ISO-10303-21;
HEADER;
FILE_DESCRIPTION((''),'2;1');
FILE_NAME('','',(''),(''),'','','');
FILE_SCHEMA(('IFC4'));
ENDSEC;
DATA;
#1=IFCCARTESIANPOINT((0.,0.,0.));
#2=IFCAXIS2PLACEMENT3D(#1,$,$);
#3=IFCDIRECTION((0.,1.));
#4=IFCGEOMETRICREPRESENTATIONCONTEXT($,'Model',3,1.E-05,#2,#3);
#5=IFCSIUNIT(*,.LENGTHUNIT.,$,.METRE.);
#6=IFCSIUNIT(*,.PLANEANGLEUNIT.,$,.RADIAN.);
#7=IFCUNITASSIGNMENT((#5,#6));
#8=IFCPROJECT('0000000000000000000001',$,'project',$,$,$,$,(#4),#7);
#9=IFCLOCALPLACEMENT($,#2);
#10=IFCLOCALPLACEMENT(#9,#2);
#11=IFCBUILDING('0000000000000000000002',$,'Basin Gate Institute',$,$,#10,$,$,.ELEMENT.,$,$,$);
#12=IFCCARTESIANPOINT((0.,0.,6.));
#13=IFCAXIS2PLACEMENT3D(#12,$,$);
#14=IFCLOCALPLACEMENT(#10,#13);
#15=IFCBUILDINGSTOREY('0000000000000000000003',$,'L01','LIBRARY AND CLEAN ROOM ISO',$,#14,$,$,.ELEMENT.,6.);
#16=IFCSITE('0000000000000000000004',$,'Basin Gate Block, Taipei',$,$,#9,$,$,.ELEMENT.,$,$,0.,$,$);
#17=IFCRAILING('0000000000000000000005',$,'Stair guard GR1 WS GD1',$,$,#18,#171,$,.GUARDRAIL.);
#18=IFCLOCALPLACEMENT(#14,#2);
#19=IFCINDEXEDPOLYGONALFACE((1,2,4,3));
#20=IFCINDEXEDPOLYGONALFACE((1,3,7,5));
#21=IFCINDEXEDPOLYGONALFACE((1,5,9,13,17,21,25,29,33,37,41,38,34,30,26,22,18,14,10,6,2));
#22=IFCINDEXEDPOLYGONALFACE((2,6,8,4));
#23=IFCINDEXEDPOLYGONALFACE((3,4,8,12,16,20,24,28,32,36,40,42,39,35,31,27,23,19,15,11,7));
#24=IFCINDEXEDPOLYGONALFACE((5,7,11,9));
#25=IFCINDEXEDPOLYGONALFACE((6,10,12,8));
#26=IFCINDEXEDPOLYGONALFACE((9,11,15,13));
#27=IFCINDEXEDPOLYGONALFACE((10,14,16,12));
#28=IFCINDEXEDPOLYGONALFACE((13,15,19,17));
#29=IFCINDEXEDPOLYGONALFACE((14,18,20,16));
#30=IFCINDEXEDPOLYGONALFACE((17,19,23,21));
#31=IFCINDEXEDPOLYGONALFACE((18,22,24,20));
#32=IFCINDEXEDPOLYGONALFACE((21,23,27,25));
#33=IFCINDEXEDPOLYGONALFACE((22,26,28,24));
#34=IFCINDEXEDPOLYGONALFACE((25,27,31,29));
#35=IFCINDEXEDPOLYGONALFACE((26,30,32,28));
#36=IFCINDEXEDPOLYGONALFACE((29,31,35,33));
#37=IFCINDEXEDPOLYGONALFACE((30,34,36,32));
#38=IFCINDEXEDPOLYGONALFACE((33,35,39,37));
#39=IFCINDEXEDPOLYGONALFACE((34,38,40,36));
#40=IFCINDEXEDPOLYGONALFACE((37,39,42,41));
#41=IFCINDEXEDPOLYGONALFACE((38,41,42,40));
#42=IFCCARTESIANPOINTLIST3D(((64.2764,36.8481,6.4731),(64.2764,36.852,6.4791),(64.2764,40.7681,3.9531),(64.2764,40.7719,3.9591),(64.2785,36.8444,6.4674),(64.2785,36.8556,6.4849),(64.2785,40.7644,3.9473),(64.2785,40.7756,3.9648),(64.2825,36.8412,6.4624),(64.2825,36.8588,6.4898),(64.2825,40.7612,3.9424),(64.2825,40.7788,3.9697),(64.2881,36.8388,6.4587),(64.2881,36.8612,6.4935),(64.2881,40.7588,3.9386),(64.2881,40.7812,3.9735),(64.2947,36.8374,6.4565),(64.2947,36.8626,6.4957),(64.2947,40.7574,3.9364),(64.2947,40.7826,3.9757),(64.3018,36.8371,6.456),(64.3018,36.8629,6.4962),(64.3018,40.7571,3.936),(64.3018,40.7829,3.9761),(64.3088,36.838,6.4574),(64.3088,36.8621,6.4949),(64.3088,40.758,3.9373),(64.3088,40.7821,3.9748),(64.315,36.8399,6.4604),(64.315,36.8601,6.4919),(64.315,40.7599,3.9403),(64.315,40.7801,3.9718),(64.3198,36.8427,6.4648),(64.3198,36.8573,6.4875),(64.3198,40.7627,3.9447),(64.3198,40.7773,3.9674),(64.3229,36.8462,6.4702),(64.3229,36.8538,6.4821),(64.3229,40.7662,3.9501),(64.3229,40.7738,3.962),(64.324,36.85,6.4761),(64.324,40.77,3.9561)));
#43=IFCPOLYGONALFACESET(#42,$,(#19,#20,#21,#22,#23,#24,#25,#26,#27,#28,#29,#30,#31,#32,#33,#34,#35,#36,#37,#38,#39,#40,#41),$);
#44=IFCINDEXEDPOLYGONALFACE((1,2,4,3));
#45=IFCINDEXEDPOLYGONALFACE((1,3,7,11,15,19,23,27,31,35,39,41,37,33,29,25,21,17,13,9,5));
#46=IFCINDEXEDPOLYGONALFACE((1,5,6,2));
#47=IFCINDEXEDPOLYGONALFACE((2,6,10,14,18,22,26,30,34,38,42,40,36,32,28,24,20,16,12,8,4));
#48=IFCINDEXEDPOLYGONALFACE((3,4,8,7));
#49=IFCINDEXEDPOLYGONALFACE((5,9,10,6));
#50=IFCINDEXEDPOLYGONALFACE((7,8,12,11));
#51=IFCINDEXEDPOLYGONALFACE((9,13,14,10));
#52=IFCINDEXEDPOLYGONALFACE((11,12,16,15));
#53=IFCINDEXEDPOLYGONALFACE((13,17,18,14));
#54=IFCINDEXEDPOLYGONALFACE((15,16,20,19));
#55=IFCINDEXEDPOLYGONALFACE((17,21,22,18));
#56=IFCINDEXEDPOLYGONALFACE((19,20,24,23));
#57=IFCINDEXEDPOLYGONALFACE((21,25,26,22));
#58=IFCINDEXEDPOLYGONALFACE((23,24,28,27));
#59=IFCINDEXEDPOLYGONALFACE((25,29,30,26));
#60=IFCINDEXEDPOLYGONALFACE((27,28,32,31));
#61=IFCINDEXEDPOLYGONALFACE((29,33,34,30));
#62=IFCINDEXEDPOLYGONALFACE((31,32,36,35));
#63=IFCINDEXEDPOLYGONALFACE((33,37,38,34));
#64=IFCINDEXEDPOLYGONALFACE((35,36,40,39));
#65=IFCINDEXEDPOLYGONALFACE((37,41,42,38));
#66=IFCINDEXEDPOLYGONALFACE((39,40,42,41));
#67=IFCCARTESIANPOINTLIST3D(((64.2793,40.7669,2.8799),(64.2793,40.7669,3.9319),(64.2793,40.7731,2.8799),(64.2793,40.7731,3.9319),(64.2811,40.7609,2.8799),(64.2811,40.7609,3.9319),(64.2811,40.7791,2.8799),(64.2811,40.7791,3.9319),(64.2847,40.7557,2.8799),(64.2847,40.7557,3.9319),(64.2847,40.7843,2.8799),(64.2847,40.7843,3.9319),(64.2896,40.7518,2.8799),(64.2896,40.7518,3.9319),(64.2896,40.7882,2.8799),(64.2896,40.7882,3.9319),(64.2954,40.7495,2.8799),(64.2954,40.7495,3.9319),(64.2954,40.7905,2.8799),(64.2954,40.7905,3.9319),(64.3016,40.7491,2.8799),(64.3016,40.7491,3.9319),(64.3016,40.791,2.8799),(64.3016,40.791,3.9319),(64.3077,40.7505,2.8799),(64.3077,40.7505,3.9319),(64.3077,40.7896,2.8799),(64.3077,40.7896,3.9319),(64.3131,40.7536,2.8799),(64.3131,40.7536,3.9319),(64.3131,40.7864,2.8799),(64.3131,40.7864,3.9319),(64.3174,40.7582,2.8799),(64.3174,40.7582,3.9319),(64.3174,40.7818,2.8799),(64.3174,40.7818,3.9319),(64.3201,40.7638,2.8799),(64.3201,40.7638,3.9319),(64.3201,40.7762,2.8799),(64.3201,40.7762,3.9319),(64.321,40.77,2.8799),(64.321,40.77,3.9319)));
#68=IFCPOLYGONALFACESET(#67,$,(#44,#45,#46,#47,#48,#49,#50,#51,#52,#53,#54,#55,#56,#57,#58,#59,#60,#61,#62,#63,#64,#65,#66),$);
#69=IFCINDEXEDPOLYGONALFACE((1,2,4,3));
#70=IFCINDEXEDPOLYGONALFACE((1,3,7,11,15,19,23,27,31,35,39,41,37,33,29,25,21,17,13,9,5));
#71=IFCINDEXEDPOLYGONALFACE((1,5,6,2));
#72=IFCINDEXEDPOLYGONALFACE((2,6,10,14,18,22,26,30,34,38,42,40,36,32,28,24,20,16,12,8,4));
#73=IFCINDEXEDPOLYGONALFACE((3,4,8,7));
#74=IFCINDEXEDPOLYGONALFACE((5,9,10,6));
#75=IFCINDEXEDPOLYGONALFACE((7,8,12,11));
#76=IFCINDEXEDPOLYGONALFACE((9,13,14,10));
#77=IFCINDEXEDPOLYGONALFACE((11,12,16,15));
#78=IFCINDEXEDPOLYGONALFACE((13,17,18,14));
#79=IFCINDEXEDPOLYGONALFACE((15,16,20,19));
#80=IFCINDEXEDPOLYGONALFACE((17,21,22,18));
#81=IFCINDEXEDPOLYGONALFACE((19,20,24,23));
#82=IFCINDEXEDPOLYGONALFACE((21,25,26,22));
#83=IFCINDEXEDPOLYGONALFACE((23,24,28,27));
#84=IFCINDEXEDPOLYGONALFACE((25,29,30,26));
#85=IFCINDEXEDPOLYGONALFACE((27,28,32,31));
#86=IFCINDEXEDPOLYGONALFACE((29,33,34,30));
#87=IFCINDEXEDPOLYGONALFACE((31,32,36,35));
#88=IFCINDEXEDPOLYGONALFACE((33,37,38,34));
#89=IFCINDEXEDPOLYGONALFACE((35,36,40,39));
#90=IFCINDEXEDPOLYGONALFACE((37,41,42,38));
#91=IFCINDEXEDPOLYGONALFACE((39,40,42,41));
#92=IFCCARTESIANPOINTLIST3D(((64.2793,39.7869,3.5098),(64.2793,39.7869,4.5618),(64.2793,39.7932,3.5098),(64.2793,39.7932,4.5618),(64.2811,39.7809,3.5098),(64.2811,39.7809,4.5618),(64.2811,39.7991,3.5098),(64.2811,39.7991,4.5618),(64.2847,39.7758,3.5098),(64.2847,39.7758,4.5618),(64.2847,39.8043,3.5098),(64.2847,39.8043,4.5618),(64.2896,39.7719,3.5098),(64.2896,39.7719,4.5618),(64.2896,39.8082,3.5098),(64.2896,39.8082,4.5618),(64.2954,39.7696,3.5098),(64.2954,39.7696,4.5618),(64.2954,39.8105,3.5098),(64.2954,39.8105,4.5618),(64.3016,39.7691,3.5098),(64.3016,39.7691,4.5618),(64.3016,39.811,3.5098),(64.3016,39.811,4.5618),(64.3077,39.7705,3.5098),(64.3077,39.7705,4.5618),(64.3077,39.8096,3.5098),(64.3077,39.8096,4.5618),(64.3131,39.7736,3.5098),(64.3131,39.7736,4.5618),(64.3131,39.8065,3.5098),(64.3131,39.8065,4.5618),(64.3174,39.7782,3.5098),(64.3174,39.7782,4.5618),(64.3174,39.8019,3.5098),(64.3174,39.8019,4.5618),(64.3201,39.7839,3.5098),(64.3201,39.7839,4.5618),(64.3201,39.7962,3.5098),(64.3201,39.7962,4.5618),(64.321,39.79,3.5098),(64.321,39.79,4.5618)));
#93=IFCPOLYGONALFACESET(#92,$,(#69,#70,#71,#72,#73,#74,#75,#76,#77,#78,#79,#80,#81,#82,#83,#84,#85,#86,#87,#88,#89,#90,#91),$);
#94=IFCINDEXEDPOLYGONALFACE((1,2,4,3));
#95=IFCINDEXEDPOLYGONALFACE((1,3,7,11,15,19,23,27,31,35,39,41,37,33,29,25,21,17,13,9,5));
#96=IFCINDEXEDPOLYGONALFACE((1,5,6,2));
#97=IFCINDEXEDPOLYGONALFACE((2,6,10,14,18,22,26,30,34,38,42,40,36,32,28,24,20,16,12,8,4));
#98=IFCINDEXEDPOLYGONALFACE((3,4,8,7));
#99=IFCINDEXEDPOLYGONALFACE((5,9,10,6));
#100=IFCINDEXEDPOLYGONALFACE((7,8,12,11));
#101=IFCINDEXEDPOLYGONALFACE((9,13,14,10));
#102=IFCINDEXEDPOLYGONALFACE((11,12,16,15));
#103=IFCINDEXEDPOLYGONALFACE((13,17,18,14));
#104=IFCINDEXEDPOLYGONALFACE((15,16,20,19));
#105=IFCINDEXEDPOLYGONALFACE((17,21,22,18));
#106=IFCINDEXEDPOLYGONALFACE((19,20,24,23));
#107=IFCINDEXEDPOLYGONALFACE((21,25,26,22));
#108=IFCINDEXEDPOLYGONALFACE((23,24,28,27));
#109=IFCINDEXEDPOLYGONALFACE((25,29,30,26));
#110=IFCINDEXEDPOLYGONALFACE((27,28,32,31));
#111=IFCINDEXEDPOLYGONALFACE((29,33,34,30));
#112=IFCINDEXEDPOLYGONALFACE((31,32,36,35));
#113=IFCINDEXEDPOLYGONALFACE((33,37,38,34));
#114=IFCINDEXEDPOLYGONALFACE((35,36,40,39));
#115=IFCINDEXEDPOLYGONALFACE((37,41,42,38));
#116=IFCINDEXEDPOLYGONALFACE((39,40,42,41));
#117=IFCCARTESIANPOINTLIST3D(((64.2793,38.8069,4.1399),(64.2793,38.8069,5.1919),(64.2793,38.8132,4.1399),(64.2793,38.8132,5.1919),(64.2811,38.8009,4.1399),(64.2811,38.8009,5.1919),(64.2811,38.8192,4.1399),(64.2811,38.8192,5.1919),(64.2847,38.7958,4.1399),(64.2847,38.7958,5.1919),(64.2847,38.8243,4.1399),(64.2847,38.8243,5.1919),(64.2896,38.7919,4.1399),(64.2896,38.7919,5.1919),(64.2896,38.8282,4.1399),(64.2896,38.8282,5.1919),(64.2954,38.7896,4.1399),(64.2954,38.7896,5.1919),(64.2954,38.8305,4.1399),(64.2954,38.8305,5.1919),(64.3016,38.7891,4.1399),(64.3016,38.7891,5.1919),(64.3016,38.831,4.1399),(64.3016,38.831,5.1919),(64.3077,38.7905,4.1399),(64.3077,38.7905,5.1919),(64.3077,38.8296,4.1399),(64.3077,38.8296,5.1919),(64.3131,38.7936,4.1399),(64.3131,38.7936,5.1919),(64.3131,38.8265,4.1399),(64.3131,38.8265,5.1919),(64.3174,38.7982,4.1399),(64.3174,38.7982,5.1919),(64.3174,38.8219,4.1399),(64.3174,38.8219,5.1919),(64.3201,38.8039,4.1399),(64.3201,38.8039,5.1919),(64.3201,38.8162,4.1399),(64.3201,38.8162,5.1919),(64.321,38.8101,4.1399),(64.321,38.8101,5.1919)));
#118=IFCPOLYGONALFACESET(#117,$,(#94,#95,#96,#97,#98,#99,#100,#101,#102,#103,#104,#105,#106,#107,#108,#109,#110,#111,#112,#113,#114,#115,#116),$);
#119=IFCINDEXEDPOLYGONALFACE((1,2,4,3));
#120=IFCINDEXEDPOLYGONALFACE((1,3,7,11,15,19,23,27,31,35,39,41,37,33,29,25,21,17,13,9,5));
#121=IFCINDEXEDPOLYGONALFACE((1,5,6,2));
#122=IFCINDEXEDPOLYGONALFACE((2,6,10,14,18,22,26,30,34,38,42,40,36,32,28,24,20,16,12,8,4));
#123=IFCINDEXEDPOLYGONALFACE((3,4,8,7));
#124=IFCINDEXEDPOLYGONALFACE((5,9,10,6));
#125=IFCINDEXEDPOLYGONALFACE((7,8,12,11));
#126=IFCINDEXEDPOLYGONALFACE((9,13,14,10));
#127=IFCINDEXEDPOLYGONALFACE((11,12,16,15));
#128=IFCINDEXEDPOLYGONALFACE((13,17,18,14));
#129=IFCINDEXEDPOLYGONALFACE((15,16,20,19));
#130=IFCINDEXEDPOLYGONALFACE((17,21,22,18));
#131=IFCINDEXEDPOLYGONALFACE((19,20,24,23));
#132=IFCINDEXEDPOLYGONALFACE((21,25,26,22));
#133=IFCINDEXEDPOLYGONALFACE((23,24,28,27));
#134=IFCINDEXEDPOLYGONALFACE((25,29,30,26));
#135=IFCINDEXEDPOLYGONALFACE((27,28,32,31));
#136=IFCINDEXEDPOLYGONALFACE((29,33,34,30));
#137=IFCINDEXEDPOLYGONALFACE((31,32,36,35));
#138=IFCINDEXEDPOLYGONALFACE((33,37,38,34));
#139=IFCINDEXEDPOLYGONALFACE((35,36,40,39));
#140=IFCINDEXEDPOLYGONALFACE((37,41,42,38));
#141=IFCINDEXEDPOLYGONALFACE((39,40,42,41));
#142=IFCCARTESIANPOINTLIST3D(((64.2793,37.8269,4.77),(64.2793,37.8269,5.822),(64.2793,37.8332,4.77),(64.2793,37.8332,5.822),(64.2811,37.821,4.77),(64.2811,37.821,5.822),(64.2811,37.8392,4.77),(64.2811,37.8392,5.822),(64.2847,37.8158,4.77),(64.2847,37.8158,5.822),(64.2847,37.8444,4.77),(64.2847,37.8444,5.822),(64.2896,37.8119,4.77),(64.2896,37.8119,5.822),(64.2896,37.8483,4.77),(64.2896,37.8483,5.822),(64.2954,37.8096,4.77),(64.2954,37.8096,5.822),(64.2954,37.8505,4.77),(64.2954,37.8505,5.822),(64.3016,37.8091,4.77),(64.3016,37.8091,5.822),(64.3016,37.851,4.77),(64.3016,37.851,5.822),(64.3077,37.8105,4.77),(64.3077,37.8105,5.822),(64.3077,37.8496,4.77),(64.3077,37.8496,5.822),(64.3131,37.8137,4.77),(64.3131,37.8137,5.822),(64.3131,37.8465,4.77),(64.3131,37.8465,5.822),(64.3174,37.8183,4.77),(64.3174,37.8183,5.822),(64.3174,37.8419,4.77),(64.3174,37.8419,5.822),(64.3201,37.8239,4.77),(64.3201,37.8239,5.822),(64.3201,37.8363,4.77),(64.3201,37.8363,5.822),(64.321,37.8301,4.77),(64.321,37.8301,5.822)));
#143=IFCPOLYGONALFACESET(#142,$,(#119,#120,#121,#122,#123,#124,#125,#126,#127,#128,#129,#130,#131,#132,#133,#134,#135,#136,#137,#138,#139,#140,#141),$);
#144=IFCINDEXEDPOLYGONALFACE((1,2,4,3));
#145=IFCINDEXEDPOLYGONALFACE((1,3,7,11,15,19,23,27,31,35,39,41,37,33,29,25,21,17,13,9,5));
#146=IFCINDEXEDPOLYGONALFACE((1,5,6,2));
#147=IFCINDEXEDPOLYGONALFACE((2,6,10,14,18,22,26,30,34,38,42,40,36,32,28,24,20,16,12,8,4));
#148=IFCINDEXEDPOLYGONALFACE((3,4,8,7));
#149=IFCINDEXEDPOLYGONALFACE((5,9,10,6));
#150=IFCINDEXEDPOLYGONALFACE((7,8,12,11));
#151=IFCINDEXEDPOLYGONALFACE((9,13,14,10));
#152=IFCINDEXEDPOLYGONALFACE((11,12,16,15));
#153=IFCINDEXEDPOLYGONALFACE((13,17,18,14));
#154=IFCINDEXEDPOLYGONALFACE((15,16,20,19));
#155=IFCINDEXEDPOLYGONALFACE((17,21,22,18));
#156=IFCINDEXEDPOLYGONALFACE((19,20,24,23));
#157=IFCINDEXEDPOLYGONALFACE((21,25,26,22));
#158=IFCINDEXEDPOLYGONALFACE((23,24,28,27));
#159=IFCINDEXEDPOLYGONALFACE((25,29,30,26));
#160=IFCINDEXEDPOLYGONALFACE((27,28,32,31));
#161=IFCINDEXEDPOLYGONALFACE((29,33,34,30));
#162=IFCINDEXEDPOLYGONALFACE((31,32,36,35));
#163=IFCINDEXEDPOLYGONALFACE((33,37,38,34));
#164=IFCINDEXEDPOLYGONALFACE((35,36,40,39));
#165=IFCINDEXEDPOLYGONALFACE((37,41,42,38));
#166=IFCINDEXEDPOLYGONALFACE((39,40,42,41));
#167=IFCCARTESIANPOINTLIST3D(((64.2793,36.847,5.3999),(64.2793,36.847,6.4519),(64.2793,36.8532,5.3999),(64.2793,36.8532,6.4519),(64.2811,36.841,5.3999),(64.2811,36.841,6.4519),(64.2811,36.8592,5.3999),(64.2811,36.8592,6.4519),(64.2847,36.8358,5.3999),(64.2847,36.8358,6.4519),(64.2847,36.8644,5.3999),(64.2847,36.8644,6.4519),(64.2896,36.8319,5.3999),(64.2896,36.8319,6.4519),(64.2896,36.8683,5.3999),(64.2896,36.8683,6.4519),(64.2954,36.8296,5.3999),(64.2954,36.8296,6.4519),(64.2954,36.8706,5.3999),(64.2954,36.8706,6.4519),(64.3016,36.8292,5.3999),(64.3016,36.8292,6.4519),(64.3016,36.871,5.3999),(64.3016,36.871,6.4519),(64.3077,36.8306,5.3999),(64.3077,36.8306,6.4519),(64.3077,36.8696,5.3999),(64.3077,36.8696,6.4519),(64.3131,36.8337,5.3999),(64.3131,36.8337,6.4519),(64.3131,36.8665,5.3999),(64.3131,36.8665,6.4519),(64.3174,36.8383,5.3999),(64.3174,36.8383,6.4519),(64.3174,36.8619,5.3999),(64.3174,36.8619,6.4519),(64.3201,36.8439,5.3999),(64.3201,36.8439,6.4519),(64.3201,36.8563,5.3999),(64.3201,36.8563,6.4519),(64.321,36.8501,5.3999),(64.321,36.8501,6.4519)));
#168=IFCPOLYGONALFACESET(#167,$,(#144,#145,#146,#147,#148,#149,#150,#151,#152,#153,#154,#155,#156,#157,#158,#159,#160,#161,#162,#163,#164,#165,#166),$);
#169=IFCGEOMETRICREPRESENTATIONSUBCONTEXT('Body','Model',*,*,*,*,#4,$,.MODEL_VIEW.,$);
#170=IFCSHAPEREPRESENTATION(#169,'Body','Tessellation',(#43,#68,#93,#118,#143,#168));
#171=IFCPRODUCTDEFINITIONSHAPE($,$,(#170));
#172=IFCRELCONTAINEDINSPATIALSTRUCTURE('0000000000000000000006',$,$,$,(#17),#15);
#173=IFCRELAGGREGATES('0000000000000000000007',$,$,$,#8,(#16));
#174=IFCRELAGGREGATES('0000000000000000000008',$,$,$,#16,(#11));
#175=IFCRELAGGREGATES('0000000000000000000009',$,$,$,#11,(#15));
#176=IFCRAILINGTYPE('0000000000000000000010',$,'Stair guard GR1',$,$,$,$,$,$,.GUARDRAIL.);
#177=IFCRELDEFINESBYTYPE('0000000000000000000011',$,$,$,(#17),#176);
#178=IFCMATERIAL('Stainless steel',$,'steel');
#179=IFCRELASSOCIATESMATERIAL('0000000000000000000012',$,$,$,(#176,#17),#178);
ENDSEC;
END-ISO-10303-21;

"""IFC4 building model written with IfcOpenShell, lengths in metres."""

from ifc_helpers import new_model, si_unit, direction, frame, origin, origin_2d, place, context, subcontext, project, spatial, circle, extrude, material, type_object, element, save


model = new_model("IFC4")

# Units and contexts
model_context = context("Model", 3, precision=1e-05, world=origin(), true_north=direction((0.0, 1.0)))
body_context = subcontext(model_context, "Body", "Model", "MODEL_VIEW")
ifc_project = project(units=[si_unit("LENGTHUNIT", "METRE"), si_unit("PLANEANGLEUNIT", "RADIAN")], contexts=[model_context])

# Site, building, storey
site_placement = place(None, origin())
site = spatial("IfcSite", under=ifc_project, at=site_placement, Name="Basin Gate Block, Taipei", CompositionType="ELEMENT", RefElevation=0.0)
building_placement = place(site_placement, origin())
building = spatial("IfcBuilding", under=site, at=building_placement, Name="Basin Gate Institute", CompositionType="ELEMENT")
storey_placement = place(building_placement, frame((0.0, 0.0, 6.0)))
storey = spatial("IfcBuildingStorey", under=building, at=storey_placement, Name="L01", Description="LIBRARY AND CLEAN ROOM ISO", CompositionType="ELEMENT", Elevation=6.0)

# Railing
ifc_material_1 = material(Name="Stainless steel", Category="steel")
railing_type_1 = type_object("IfcRailingType", Name="Stair guard GR1", PredefinedType="GUARDRAIL", material=ifc_material_1)
railing_1_placement = place(storey_placement, frame((64.3, 40.77, 2.8799)))
element("IfcRailing", 1, at=railing_1_placement, inside=storey, type_object=railing_type_1, material=ifc_material_1, Name="Stair guard GR1 WS GD1", PredefinedType="GUARDRAIL", context=body_context, shape_type="SweptSolid", body=[
    extrude(circle(Radius=0.0239, at=origin_2d()), frame((0.0, 0.0, 1.0762), z_axis=(0.0, -0.841172, 0.540768), x_axis=(1.0, 0.0, 0.0)), (0.0, 0.0, 1.0), 4.6602),
    extrude(circle(Radius=0.021, at=origin_2d()), origin(), (0.0, 0.0, 1.0), 1.052),
    extrude(circle(Radius=0.021, at=origin_2d()), frame((0.0, -0.98, 0.6299)), (0.0, 0.0, 1.0), 1.052),
    extrude(circle(Radius=0.021, at=origin_2d()), frame((0.0, -1.96, 1.26)), (0.0, 0.0, 1.0), 1.052),
    extrude(circle(Radius=0.021, at=origin_2d()), frame((0.0, -2.9399, 1.8901)), (0.0, 0.0, 1.0), 1.052),
    extrude(circle(Radius=0.021, at=origin_2d()), frame((0.0, -3.9199, 2.52)), (0.0, 0.0, 1.0), 1.052),
])

save(model, "model.ifc")
